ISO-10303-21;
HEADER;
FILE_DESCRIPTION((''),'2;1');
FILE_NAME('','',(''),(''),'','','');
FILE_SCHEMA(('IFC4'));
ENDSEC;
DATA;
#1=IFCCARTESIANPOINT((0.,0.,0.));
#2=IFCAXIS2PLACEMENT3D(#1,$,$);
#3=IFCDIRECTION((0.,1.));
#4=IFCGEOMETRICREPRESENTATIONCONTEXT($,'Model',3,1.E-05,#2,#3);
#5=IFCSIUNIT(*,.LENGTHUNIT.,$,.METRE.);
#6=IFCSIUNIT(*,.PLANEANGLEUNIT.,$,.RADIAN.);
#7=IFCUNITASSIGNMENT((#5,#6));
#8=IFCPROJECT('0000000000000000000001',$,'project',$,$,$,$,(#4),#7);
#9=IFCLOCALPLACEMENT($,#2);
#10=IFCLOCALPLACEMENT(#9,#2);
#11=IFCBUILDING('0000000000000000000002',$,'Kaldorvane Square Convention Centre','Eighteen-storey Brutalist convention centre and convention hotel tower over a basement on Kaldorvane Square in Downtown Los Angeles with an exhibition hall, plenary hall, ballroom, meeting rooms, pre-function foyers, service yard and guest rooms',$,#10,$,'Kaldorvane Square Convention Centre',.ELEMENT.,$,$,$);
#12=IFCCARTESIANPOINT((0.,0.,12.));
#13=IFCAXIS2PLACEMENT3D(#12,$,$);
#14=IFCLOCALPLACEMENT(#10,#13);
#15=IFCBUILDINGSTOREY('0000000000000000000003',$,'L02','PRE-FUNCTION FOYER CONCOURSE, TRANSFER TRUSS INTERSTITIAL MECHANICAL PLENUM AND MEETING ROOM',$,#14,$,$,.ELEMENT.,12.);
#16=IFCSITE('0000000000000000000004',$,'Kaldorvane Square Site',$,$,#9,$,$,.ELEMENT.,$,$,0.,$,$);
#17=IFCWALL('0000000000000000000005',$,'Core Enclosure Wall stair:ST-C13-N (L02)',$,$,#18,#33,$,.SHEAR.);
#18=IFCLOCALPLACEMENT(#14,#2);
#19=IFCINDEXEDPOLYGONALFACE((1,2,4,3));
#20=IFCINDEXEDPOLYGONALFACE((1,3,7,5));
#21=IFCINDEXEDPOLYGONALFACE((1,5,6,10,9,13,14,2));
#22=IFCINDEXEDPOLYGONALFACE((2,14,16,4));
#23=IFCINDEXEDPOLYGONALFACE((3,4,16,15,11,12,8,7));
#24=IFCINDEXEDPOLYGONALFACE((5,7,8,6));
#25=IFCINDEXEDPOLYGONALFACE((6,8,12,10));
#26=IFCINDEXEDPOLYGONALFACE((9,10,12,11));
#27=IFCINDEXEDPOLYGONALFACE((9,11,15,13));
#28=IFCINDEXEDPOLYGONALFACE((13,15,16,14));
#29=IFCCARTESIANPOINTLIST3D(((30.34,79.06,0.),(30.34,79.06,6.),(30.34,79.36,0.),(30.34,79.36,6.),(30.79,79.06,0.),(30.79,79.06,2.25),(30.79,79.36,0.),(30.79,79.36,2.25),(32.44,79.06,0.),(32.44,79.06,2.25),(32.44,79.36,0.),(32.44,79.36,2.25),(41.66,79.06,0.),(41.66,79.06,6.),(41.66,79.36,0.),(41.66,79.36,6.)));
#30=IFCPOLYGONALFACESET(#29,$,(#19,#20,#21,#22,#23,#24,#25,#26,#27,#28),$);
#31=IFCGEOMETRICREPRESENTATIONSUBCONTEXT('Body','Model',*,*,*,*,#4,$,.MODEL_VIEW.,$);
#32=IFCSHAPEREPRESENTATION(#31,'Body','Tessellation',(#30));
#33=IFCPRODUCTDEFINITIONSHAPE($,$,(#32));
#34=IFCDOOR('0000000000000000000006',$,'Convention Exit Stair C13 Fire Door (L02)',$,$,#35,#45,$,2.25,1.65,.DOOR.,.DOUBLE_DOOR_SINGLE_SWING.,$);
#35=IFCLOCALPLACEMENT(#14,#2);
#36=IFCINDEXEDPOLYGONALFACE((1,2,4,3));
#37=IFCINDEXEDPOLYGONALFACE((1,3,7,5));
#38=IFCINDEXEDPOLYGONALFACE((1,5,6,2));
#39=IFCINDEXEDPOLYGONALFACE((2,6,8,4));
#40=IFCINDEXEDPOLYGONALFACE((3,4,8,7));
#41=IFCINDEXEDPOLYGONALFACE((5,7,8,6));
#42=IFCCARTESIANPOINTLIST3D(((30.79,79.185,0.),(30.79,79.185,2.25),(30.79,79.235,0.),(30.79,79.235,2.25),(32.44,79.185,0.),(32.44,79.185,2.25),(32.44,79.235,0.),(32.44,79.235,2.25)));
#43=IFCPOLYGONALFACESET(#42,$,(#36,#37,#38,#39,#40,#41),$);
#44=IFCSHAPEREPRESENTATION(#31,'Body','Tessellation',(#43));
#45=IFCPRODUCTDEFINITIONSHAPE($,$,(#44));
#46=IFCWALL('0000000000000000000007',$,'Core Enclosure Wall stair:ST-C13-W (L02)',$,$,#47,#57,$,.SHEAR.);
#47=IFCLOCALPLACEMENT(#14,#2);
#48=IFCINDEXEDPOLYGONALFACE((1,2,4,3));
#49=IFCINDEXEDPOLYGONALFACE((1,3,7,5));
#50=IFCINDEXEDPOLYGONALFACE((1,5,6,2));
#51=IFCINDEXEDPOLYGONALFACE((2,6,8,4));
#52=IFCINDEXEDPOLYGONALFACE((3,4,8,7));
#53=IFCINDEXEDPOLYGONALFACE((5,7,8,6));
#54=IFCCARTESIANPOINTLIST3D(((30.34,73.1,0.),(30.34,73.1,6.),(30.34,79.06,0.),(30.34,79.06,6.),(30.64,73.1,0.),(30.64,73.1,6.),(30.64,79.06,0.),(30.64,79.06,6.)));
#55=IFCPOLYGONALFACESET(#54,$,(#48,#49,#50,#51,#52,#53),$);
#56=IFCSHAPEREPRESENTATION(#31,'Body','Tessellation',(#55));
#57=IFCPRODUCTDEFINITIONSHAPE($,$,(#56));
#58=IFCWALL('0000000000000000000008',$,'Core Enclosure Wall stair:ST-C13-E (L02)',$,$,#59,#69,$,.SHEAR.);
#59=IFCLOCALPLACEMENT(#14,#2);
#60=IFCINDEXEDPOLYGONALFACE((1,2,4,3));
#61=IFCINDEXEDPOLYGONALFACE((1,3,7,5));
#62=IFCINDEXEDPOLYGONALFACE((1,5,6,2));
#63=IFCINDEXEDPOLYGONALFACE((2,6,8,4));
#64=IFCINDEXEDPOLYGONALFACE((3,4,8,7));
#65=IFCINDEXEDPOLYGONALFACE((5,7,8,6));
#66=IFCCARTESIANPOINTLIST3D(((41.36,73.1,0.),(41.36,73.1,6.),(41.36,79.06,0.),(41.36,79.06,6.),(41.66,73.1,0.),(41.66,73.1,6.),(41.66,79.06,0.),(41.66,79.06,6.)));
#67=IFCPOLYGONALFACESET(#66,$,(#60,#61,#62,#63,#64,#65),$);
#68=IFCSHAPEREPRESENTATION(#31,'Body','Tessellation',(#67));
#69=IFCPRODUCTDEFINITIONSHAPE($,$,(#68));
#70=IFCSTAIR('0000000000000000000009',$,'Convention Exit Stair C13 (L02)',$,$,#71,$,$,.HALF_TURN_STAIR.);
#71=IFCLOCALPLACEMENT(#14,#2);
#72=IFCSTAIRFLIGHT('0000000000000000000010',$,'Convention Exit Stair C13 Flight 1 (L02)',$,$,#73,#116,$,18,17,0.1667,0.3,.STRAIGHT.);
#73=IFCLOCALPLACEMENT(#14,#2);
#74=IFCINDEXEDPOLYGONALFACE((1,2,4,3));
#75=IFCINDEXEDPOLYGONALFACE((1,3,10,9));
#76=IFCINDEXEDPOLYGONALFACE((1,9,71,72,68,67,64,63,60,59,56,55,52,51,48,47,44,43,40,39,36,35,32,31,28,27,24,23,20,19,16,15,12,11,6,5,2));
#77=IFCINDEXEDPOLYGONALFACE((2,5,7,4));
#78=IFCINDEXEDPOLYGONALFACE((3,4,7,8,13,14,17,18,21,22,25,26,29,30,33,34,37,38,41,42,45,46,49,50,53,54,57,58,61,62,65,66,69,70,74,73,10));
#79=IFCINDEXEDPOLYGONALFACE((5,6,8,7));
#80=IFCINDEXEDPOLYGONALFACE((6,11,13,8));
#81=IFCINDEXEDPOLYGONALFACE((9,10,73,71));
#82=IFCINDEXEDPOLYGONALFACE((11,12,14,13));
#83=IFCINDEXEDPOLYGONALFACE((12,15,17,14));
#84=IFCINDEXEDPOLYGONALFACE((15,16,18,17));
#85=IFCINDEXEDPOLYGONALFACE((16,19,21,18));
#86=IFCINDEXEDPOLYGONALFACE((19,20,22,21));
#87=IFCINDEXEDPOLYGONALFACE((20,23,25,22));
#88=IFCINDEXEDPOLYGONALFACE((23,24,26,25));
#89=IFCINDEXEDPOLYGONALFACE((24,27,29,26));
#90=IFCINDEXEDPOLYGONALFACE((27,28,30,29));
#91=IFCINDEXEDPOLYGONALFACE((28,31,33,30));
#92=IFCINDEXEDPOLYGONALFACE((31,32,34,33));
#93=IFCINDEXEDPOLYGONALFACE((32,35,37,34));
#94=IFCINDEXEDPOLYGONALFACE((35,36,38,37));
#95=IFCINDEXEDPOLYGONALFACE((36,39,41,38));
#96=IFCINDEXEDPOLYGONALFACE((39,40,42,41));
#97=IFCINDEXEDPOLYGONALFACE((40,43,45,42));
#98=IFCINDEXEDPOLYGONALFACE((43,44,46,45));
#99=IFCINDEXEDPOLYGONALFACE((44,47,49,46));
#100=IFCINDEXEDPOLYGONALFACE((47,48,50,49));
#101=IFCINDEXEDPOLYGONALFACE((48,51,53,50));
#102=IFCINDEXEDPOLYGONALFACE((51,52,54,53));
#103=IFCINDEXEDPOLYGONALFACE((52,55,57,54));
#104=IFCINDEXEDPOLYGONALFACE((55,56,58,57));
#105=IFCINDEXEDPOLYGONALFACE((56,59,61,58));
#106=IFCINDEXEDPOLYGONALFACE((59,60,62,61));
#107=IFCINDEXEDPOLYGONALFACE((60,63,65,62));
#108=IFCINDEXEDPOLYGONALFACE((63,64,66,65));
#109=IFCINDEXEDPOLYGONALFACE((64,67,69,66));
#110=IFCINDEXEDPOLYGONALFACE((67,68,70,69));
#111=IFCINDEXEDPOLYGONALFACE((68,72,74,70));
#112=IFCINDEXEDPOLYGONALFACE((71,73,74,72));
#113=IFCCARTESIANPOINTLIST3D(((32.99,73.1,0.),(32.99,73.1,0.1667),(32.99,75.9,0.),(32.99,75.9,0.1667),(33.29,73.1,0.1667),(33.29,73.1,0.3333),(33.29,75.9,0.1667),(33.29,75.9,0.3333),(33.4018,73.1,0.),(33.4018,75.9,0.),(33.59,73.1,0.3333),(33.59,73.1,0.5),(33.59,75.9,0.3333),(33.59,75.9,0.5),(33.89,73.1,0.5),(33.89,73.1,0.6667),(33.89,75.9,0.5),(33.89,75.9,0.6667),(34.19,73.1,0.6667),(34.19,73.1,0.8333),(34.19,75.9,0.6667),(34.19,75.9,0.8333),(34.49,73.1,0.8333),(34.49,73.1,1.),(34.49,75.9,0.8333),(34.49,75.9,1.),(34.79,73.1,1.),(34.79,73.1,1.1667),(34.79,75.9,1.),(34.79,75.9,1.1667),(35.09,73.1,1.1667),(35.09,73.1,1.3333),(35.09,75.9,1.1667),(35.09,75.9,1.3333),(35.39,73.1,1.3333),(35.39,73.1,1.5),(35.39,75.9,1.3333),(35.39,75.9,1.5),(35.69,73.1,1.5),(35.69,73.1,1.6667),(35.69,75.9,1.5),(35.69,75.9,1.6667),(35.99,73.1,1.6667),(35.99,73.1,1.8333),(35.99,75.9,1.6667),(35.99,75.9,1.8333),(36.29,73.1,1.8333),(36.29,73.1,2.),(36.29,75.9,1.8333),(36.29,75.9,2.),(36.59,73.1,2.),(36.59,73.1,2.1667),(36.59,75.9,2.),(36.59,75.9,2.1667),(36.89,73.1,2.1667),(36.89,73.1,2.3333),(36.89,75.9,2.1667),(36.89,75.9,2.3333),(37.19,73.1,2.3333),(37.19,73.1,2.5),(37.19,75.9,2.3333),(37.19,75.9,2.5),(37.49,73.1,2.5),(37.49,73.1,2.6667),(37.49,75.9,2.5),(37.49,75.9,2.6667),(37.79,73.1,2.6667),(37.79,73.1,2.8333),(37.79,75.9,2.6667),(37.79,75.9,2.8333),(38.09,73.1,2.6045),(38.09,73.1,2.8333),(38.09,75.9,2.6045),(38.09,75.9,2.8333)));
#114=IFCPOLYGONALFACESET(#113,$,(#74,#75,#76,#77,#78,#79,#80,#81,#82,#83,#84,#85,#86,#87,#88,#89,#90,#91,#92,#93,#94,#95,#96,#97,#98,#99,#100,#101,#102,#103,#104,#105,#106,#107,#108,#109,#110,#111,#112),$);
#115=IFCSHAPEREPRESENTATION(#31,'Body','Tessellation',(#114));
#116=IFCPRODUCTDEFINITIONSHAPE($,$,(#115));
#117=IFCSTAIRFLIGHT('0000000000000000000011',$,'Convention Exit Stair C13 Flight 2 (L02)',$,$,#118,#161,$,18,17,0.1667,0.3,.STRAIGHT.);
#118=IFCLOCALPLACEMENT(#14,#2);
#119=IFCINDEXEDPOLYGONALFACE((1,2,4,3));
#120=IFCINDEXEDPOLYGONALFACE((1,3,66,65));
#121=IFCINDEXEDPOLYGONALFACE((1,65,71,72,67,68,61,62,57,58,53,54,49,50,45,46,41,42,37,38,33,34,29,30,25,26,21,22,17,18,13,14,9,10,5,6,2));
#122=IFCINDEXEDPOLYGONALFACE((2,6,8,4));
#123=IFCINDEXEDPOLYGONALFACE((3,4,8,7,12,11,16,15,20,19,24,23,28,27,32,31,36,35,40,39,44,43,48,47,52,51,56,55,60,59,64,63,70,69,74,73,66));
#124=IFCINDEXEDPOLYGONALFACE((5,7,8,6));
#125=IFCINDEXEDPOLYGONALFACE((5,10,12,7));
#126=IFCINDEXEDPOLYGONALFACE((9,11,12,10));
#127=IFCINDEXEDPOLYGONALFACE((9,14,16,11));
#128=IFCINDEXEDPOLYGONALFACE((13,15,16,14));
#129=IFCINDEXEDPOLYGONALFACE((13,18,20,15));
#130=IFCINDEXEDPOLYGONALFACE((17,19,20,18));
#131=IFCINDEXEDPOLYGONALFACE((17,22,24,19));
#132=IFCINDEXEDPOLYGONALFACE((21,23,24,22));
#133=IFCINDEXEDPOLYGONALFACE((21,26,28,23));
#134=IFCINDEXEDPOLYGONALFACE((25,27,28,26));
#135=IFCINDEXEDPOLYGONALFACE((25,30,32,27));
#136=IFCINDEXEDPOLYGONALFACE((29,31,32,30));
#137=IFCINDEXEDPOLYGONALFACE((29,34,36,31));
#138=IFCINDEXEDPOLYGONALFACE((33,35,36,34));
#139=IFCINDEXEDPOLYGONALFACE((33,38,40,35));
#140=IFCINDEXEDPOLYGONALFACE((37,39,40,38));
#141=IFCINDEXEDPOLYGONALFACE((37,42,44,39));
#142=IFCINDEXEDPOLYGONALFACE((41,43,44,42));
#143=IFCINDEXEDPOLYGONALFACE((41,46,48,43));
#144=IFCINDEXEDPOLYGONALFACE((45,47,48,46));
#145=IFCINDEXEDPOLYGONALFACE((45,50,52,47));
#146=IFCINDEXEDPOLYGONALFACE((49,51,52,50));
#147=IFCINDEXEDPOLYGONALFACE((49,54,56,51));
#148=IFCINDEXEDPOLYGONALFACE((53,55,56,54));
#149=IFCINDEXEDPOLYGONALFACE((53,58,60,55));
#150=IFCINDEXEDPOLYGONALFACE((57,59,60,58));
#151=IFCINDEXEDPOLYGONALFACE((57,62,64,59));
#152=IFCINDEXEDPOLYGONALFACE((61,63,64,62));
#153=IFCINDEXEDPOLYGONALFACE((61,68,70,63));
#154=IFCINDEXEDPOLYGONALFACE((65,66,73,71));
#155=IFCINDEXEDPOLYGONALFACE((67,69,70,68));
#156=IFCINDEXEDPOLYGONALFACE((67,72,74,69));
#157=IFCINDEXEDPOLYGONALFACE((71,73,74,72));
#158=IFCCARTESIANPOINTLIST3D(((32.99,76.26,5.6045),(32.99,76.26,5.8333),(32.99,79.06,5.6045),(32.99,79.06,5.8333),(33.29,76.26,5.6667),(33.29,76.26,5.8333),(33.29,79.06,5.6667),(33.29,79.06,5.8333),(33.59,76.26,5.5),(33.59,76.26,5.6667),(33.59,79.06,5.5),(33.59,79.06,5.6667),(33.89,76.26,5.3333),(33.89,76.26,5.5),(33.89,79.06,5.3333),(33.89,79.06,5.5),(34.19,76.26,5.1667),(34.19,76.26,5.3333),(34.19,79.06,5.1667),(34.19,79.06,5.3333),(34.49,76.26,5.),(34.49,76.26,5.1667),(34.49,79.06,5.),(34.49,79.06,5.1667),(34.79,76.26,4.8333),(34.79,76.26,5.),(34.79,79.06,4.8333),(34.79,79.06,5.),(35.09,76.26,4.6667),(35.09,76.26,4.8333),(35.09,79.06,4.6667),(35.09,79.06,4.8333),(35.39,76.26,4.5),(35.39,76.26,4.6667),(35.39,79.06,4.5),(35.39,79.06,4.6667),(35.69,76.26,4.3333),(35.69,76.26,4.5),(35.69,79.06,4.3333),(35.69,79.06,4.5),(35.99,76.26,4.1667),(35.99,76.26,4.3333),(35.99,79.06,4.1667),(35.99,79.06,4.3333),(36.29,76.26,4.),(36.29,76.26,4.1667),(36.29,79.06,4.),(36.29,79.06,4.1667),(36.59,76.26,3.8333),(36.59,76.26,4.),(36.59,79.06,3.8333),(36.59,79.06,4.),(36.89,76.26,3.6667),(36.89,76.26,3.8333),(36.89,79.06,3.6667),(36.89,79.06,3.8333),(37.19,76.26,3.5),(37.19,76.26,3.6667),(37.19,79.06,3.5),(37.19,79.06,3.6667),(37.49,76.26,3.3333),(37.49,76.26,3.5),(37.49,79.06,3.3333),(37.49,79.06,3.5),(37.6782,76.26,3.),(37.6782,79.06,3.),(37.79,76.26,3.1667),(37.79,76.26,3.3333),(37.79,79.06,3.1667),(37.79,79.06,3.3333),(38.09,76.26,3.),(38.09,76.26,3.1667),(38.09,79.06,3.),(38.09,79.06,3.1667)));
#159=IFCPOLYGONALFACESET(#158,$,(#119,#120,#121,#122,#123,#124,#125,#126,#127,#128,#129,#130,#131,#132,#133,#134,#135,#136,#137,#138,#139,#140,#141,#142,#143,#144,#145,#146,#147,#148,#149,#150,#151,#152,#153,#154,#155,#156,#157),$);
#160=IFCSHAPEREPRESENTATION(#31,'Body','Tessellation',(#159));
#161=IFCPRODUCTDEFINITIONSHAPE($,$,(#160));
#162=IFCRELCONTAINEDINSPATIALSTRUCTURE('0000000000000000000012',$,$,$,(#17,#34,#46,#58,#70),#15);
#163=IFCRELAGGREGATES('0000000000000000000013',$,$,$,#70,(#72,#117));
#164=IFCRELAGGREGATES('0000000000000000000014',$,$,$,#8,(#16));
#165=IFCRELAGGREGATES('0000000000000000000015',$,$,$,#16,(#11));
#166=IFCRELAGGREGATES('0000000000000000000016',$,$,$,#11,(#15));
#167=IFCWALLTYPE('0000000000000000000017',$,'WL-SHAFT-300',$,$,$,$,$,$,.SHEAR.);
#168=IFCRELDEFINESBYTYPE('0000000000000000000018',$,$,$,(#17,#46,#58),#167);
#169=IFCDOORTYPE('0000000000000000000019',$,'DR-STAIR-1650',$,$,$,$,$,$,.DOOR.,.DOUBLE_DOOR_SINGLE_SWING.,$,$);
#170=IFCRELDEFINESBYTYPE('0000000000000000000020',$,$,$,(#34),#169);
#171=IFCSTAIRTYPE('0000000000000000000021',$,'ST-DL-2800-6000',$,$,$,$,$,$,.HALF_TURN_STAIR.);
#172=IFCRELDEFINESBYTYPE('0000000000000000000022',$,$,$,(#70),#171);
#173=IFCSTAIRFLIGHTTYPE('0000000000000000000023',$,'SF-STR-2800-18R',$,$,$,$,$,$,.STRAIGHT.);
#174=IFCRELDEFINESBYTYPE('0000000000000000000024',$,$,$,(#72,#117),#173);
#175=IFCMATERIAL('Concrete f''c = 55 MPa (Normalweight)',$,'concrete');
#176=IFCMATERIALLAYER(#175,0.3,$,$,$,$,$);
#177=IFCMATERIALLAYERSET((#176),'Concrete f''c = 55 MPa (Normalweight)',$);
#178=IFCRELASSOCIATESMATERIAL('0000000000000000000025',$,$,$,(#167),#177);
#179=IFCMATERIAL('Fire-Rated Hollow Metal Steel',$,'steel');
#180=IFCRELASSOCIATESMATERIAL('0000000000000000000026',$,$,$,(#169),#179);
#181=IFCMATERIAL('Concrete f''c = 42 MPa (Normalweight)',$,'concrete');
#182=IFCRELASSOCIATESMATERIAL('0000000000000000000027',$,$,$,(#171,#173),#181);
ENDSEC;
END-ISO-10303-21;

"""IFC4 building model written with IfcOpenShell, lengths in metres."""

from ifc_helpers import new_model, si_unit, direction, frame, frame_2d, origin, place, context, subcontext, project, spatial, polyline, rectangle, outline, extrude, material, layer, layer_set, type_object, element, fill, aggregate, save


model = new_model("IFC4")

# Units and contexts
model_context = context("Model", 3, precision=1e-05, world=origin(), true_north=direction((0.0, 1.0)))
body_context = subcontext(model_context, "Body", "Model", "MODEL_VIEW")
ifc_project = project(units=[si_unit("LENGTHUNIT", "METRE"), si_unit("PLANEANGLEUNIT", "RADIAN")], contexts=[model_context])

# Site, building, storey
site_placement = place(None, origin())
site = spatial("IfcSite", under=ifc_project, at=site_placement, Name="Kaldorvane Square Site", CompositionType="ELEMENT", RefElevation=0.0)
building_placement = place(site_placement, origin())
building = spatial("IfcBuilding", under=site, at=building_placement, Name="Kaldorvane Square Convention Centre", Description="Eighteen-storey Brutalist convention centre and convention hotel tower over a basement on Kaldorvane Square in Downtown Los Angeles with an exhibition hall, plenary hall, ballroom, meeting rooms, pre-function foyers, service yard and guest rooms", LongName="Kaldorvane Square Convention Centre", CompositionType="ELEMENT")
storey_placement = place(building_placement, frame((0.0, 0.0, 12.0)))
storey = spatial("IfcBuildingStorey", under=building, at=storey_placement, Name="L02", Description="PRE-FUNCTION FOYER CONCOURSE, TRANSFER TRUSS INTERSTITIAL MECHANICAL PLENUM AND MEETING ROOM", CompositionType="ELEMENT", Elevation=12.0)

# Shared definitions
ifc_material_1 = material(Name="Concrete f'c = 55 MPa (Normalweight)", Category="concrete")

# Shared definitions
ifc_layer = layer(ifc_material_1, 0.3)
ifc_layer_set = layer_set([ifc_layer], Name="Concrete f'c = 55 MPa (Normalweight)")
wall_type = type_object("IfcWallType", Name="WL-SHAFT-300", PredefinedType="SHEAR", material=ifc_layer_set)

# Wall, opening, door
wall_1_placement = place(storey_placement, frame((41.66, 79.21, 0.0), z_axis=(0.0, 0.0, 1.0), x_axis=(-1.0, 0.0, 0.0)))
wall_1 = element("IfcWall", 1, at=wall_1_placement, inside=storey, type_object=wall_type, Name="Core Enclosure Wall stair:ST-C13-N (L02)", PredefinedType="SHEAR", context=body_context, shape_type="SweptSolid", body=[
    extrude(rectangle(XDim=11.32, YDim=0.3, at=frame_2d((5.66, 0.0))), origin(), (0.0, 0.0, 1.0), 6.0),
])
opening_placement = place(wall_1_placement, frame((9.22, 0.0, 0.0)))
opening = element("IfcOpeningElement", 2, at=opening_placement, cuts=wall_1, PredefinedType="OPENING", context=body_context, shape_type="SweptSolid", body=[
    extrude(rectangle(XDim=1.65, YDim=2.25, at=frame_2d((0.825, 1.125))), frame((0.0, 0.165, 0.0), z_axis=(0.0, -1.0, 0.0), x_axis=(1.0, 0.0, 0.0)), (0.0, 0.0, 1.0), 0.33),
])
ifc_material_2 = material(Name="Fire-Rated Hollow Metal Steel", Category="steel")
door_type = type_object("IfcDoorType", Name="DR-STAIR-1650", OperationType="DOUBLE_DOOR_SINGLE_SWING", PredefinedType="DOOR", material=ifc_material_2)
door_placement = place(opening_placement, origin())
door = element("IfcDoor", 3, at=door_placement, inside=storey, type_object=door_type, Name="Convention Exit Stair C13 Fire Door (L02)", OperationType="DOUBLE_DOOR_SINGLE_SWING", OverallHeight=2.25, OverallWidth=1.65, PredefinedType="DOOR", context=body_context, shape_type="SweptSolid", body=[
    extrude(rectangle(XDim=1.65, YDim=2.25, at=frame_2d((0.825, 1.125))), frame((0.0, 0.025, 0.0), z_axis=(0.0, -1.0, 0.0), x_axis=(1.0, 0.0, 0.0)), (0.0, 0.0, 1.0), 0.05),
])
fill(opening, door)

# Walls
for number, where, z_axis, x_axis, name in (
    (4, (30.49, 79.06, 0.0), (0.0, 0.0, 1.0), (0.0, -1.0, 0.0), "Core Enclosure Wall stair:ST-C13-W (L02)"),
    (5, (41.51, 73.1, 0.0), (0.0, 0.0, 1.0), (0.0, 1.0, 0.0), "Core Enclosure Wall stair:ST-C13-E (L02)"),
):
    element("IfcWall", number, at=place(storey_placement, frame(where, z_axis=z_axis, x_axis=x_axis)), inside=storey, type_object=wall_type, Name=name, PredefinedType="SHEAR", context=body_context, shape_type="SweptSolid", body=[
        extrude(rectangle(XDim=5.96, YDim=0.3, at=frame_2d((2.98, 0.0))), origin(), (0.0, 0.0, 1.0), 6.0),
    ])

# Stair, stair flights
ifc_material_3 = material(Name="Concrete f'c = 42 MPa (Normalweight)", Category="concrete")
stair_type = type_object("IfcStairType", Name="ST-DL-2800-6000", PredefinedType="HALF_TURN_STAIR", material=ifc_material_3)
stair_placement = place(storey_placement, origin())
stair = element("IfcStair", 6, at=stair_placement, inside=storey, type_object=stair_type, Name="Convention Exit Stair C13 (L02)", PredefinedType="HALF_TURN_STAIR")
stair_flight_type = type_object("IfcStairFlightType", Name="SF-STR-2800-18R", PredefinedType="STRAIGHT", material=ifc_material_3)
stair_flight_1_placement = place(storey_placement, frame((32.99, 74.5, 0.0), z_axis=(0.0, 0.0, 1.0), x_axis=(1.0, 0.0, 0.0)))
stair_flight_1 = element("IfcStairFlight", 7, at=stair_flight_1_placement, type_object=stair_flight_type, Name="Convention Exit Stair C13 Flight 1 (L02)", NumberOfRisers=18, NumberOfTreads=17, PredefinedType="STRAIGHT", RiserHeight=0.1667, TreadLength=0.3, context=body_context, shape_type="SweptSolid", body=[
    extrude(outline(polyline([(0.0, 0.0), (0.0, 0.1667), (0.3, 0.1667), (0.3, 0.3333), (0.6, 0.3333), (0.6, 0.5), (0.9, 0.5), (0.9, 0.6667), (1.2, 0.6667), (1.2, 0.8333), (1.5, 0.8333), (1.5, 1.0), (1.8, 1.0), (1.8, 1.1667), (2.1, 1.1667), (2.1, 1.3333), (2.4, 1.3333), (2.4, 1.5), (2.7, 1.5), (2.7, 1.6667), (3.0, 1.6667), (3.0, 1.8333), (3.3, 1.8333), (3.3, 2.0), (3.6, 2.0), (3.6, 2.1667), (3.9, 2.1667), (3.9, 2.3333), (4.2, 2.3333), (4.2, 2.5), (4.5, 2.5), (4.5, 2.6667), (4.8, 2.6667), (4.8, 2.8333), (5.1, 2.8333), (5.1, 3.0), (5.1, 2.6045), (0.4118, 0.0), (0.0, 0.0)])), frame((0.0, 1.4, 0.0), z_axis=(0.0, -1.0, 0.0), x_axis=(1.0, 0.0, 0.0)), (0.0, 0.0, 1.0), 2.8),
])
stair_flight_2_placement = place(storey_placement, frame((38.09, 77.66, 3.0), z_axis=(0.0, 0.0, 1.0), x_axis=(-1.0, 0.0, 0.0)))
stair_flight_2 = element("IfcStairFlight", 8, at=stair_flight_2_placement, type_object=stair_flight_type, Name="Convention Exit Stair C13 Flight 2 (L02)", NumberOfRisers=18, NumberOfTreads=17, PredefinedType="STRAIGHT", RiserHeight=0.1667, TreadLength=0.3, context=body_context, shape_type="SweptSolid", body=[
    extrude(outline(polyline([(0.0, 0.0), (0.0, 0.1667), (0.3, 0.1667), (0.3, 0.3333), (0.6, 0.3333), (0.6, 0.5), (0.9, 0.5), (0.9, 0.6667), (1.2, 0.6667), (1.2, 0.8333), (1.5, 0.8333), (1.5, 1.0), (1.8, 1.0), (1.8, 1.1667), (2.1, 1.1667), (2.1, 1.3333), (2.4, 1.3333), (2.4, 1.5), (2.7, 1.5), (2.7, 1.6667), (3.0, 1.6667), (3.0, 1.8333), (3.3, 1.8333), (3.3, 2.0), (3.6, 2.0), (3.6, 2.1667), (3.9, 2.1667), (3.9, 2.3333), (4.2, 2.3333), (4.2, 2.5), (4.5, 2.5), (4.5, 2.6667), (4.8, 2.6667), (4.8, 2.8333), (5.1, 2.8333), (5.1, 3.0), (5.1, 2.6045), (0.4118, 0.0), (0.0, 0.0)])), frame((0.0, 1.4, 0.0), z_axis=(0.0, -1.0, 0.0), x_axis=(1.0, 0.0, 0.0)), (0.0, 0.0, 1.0), 2.8),
])
aggregate(stair, [stair_flight_1, stair_flight_2])

save(model, "model.ifc")
